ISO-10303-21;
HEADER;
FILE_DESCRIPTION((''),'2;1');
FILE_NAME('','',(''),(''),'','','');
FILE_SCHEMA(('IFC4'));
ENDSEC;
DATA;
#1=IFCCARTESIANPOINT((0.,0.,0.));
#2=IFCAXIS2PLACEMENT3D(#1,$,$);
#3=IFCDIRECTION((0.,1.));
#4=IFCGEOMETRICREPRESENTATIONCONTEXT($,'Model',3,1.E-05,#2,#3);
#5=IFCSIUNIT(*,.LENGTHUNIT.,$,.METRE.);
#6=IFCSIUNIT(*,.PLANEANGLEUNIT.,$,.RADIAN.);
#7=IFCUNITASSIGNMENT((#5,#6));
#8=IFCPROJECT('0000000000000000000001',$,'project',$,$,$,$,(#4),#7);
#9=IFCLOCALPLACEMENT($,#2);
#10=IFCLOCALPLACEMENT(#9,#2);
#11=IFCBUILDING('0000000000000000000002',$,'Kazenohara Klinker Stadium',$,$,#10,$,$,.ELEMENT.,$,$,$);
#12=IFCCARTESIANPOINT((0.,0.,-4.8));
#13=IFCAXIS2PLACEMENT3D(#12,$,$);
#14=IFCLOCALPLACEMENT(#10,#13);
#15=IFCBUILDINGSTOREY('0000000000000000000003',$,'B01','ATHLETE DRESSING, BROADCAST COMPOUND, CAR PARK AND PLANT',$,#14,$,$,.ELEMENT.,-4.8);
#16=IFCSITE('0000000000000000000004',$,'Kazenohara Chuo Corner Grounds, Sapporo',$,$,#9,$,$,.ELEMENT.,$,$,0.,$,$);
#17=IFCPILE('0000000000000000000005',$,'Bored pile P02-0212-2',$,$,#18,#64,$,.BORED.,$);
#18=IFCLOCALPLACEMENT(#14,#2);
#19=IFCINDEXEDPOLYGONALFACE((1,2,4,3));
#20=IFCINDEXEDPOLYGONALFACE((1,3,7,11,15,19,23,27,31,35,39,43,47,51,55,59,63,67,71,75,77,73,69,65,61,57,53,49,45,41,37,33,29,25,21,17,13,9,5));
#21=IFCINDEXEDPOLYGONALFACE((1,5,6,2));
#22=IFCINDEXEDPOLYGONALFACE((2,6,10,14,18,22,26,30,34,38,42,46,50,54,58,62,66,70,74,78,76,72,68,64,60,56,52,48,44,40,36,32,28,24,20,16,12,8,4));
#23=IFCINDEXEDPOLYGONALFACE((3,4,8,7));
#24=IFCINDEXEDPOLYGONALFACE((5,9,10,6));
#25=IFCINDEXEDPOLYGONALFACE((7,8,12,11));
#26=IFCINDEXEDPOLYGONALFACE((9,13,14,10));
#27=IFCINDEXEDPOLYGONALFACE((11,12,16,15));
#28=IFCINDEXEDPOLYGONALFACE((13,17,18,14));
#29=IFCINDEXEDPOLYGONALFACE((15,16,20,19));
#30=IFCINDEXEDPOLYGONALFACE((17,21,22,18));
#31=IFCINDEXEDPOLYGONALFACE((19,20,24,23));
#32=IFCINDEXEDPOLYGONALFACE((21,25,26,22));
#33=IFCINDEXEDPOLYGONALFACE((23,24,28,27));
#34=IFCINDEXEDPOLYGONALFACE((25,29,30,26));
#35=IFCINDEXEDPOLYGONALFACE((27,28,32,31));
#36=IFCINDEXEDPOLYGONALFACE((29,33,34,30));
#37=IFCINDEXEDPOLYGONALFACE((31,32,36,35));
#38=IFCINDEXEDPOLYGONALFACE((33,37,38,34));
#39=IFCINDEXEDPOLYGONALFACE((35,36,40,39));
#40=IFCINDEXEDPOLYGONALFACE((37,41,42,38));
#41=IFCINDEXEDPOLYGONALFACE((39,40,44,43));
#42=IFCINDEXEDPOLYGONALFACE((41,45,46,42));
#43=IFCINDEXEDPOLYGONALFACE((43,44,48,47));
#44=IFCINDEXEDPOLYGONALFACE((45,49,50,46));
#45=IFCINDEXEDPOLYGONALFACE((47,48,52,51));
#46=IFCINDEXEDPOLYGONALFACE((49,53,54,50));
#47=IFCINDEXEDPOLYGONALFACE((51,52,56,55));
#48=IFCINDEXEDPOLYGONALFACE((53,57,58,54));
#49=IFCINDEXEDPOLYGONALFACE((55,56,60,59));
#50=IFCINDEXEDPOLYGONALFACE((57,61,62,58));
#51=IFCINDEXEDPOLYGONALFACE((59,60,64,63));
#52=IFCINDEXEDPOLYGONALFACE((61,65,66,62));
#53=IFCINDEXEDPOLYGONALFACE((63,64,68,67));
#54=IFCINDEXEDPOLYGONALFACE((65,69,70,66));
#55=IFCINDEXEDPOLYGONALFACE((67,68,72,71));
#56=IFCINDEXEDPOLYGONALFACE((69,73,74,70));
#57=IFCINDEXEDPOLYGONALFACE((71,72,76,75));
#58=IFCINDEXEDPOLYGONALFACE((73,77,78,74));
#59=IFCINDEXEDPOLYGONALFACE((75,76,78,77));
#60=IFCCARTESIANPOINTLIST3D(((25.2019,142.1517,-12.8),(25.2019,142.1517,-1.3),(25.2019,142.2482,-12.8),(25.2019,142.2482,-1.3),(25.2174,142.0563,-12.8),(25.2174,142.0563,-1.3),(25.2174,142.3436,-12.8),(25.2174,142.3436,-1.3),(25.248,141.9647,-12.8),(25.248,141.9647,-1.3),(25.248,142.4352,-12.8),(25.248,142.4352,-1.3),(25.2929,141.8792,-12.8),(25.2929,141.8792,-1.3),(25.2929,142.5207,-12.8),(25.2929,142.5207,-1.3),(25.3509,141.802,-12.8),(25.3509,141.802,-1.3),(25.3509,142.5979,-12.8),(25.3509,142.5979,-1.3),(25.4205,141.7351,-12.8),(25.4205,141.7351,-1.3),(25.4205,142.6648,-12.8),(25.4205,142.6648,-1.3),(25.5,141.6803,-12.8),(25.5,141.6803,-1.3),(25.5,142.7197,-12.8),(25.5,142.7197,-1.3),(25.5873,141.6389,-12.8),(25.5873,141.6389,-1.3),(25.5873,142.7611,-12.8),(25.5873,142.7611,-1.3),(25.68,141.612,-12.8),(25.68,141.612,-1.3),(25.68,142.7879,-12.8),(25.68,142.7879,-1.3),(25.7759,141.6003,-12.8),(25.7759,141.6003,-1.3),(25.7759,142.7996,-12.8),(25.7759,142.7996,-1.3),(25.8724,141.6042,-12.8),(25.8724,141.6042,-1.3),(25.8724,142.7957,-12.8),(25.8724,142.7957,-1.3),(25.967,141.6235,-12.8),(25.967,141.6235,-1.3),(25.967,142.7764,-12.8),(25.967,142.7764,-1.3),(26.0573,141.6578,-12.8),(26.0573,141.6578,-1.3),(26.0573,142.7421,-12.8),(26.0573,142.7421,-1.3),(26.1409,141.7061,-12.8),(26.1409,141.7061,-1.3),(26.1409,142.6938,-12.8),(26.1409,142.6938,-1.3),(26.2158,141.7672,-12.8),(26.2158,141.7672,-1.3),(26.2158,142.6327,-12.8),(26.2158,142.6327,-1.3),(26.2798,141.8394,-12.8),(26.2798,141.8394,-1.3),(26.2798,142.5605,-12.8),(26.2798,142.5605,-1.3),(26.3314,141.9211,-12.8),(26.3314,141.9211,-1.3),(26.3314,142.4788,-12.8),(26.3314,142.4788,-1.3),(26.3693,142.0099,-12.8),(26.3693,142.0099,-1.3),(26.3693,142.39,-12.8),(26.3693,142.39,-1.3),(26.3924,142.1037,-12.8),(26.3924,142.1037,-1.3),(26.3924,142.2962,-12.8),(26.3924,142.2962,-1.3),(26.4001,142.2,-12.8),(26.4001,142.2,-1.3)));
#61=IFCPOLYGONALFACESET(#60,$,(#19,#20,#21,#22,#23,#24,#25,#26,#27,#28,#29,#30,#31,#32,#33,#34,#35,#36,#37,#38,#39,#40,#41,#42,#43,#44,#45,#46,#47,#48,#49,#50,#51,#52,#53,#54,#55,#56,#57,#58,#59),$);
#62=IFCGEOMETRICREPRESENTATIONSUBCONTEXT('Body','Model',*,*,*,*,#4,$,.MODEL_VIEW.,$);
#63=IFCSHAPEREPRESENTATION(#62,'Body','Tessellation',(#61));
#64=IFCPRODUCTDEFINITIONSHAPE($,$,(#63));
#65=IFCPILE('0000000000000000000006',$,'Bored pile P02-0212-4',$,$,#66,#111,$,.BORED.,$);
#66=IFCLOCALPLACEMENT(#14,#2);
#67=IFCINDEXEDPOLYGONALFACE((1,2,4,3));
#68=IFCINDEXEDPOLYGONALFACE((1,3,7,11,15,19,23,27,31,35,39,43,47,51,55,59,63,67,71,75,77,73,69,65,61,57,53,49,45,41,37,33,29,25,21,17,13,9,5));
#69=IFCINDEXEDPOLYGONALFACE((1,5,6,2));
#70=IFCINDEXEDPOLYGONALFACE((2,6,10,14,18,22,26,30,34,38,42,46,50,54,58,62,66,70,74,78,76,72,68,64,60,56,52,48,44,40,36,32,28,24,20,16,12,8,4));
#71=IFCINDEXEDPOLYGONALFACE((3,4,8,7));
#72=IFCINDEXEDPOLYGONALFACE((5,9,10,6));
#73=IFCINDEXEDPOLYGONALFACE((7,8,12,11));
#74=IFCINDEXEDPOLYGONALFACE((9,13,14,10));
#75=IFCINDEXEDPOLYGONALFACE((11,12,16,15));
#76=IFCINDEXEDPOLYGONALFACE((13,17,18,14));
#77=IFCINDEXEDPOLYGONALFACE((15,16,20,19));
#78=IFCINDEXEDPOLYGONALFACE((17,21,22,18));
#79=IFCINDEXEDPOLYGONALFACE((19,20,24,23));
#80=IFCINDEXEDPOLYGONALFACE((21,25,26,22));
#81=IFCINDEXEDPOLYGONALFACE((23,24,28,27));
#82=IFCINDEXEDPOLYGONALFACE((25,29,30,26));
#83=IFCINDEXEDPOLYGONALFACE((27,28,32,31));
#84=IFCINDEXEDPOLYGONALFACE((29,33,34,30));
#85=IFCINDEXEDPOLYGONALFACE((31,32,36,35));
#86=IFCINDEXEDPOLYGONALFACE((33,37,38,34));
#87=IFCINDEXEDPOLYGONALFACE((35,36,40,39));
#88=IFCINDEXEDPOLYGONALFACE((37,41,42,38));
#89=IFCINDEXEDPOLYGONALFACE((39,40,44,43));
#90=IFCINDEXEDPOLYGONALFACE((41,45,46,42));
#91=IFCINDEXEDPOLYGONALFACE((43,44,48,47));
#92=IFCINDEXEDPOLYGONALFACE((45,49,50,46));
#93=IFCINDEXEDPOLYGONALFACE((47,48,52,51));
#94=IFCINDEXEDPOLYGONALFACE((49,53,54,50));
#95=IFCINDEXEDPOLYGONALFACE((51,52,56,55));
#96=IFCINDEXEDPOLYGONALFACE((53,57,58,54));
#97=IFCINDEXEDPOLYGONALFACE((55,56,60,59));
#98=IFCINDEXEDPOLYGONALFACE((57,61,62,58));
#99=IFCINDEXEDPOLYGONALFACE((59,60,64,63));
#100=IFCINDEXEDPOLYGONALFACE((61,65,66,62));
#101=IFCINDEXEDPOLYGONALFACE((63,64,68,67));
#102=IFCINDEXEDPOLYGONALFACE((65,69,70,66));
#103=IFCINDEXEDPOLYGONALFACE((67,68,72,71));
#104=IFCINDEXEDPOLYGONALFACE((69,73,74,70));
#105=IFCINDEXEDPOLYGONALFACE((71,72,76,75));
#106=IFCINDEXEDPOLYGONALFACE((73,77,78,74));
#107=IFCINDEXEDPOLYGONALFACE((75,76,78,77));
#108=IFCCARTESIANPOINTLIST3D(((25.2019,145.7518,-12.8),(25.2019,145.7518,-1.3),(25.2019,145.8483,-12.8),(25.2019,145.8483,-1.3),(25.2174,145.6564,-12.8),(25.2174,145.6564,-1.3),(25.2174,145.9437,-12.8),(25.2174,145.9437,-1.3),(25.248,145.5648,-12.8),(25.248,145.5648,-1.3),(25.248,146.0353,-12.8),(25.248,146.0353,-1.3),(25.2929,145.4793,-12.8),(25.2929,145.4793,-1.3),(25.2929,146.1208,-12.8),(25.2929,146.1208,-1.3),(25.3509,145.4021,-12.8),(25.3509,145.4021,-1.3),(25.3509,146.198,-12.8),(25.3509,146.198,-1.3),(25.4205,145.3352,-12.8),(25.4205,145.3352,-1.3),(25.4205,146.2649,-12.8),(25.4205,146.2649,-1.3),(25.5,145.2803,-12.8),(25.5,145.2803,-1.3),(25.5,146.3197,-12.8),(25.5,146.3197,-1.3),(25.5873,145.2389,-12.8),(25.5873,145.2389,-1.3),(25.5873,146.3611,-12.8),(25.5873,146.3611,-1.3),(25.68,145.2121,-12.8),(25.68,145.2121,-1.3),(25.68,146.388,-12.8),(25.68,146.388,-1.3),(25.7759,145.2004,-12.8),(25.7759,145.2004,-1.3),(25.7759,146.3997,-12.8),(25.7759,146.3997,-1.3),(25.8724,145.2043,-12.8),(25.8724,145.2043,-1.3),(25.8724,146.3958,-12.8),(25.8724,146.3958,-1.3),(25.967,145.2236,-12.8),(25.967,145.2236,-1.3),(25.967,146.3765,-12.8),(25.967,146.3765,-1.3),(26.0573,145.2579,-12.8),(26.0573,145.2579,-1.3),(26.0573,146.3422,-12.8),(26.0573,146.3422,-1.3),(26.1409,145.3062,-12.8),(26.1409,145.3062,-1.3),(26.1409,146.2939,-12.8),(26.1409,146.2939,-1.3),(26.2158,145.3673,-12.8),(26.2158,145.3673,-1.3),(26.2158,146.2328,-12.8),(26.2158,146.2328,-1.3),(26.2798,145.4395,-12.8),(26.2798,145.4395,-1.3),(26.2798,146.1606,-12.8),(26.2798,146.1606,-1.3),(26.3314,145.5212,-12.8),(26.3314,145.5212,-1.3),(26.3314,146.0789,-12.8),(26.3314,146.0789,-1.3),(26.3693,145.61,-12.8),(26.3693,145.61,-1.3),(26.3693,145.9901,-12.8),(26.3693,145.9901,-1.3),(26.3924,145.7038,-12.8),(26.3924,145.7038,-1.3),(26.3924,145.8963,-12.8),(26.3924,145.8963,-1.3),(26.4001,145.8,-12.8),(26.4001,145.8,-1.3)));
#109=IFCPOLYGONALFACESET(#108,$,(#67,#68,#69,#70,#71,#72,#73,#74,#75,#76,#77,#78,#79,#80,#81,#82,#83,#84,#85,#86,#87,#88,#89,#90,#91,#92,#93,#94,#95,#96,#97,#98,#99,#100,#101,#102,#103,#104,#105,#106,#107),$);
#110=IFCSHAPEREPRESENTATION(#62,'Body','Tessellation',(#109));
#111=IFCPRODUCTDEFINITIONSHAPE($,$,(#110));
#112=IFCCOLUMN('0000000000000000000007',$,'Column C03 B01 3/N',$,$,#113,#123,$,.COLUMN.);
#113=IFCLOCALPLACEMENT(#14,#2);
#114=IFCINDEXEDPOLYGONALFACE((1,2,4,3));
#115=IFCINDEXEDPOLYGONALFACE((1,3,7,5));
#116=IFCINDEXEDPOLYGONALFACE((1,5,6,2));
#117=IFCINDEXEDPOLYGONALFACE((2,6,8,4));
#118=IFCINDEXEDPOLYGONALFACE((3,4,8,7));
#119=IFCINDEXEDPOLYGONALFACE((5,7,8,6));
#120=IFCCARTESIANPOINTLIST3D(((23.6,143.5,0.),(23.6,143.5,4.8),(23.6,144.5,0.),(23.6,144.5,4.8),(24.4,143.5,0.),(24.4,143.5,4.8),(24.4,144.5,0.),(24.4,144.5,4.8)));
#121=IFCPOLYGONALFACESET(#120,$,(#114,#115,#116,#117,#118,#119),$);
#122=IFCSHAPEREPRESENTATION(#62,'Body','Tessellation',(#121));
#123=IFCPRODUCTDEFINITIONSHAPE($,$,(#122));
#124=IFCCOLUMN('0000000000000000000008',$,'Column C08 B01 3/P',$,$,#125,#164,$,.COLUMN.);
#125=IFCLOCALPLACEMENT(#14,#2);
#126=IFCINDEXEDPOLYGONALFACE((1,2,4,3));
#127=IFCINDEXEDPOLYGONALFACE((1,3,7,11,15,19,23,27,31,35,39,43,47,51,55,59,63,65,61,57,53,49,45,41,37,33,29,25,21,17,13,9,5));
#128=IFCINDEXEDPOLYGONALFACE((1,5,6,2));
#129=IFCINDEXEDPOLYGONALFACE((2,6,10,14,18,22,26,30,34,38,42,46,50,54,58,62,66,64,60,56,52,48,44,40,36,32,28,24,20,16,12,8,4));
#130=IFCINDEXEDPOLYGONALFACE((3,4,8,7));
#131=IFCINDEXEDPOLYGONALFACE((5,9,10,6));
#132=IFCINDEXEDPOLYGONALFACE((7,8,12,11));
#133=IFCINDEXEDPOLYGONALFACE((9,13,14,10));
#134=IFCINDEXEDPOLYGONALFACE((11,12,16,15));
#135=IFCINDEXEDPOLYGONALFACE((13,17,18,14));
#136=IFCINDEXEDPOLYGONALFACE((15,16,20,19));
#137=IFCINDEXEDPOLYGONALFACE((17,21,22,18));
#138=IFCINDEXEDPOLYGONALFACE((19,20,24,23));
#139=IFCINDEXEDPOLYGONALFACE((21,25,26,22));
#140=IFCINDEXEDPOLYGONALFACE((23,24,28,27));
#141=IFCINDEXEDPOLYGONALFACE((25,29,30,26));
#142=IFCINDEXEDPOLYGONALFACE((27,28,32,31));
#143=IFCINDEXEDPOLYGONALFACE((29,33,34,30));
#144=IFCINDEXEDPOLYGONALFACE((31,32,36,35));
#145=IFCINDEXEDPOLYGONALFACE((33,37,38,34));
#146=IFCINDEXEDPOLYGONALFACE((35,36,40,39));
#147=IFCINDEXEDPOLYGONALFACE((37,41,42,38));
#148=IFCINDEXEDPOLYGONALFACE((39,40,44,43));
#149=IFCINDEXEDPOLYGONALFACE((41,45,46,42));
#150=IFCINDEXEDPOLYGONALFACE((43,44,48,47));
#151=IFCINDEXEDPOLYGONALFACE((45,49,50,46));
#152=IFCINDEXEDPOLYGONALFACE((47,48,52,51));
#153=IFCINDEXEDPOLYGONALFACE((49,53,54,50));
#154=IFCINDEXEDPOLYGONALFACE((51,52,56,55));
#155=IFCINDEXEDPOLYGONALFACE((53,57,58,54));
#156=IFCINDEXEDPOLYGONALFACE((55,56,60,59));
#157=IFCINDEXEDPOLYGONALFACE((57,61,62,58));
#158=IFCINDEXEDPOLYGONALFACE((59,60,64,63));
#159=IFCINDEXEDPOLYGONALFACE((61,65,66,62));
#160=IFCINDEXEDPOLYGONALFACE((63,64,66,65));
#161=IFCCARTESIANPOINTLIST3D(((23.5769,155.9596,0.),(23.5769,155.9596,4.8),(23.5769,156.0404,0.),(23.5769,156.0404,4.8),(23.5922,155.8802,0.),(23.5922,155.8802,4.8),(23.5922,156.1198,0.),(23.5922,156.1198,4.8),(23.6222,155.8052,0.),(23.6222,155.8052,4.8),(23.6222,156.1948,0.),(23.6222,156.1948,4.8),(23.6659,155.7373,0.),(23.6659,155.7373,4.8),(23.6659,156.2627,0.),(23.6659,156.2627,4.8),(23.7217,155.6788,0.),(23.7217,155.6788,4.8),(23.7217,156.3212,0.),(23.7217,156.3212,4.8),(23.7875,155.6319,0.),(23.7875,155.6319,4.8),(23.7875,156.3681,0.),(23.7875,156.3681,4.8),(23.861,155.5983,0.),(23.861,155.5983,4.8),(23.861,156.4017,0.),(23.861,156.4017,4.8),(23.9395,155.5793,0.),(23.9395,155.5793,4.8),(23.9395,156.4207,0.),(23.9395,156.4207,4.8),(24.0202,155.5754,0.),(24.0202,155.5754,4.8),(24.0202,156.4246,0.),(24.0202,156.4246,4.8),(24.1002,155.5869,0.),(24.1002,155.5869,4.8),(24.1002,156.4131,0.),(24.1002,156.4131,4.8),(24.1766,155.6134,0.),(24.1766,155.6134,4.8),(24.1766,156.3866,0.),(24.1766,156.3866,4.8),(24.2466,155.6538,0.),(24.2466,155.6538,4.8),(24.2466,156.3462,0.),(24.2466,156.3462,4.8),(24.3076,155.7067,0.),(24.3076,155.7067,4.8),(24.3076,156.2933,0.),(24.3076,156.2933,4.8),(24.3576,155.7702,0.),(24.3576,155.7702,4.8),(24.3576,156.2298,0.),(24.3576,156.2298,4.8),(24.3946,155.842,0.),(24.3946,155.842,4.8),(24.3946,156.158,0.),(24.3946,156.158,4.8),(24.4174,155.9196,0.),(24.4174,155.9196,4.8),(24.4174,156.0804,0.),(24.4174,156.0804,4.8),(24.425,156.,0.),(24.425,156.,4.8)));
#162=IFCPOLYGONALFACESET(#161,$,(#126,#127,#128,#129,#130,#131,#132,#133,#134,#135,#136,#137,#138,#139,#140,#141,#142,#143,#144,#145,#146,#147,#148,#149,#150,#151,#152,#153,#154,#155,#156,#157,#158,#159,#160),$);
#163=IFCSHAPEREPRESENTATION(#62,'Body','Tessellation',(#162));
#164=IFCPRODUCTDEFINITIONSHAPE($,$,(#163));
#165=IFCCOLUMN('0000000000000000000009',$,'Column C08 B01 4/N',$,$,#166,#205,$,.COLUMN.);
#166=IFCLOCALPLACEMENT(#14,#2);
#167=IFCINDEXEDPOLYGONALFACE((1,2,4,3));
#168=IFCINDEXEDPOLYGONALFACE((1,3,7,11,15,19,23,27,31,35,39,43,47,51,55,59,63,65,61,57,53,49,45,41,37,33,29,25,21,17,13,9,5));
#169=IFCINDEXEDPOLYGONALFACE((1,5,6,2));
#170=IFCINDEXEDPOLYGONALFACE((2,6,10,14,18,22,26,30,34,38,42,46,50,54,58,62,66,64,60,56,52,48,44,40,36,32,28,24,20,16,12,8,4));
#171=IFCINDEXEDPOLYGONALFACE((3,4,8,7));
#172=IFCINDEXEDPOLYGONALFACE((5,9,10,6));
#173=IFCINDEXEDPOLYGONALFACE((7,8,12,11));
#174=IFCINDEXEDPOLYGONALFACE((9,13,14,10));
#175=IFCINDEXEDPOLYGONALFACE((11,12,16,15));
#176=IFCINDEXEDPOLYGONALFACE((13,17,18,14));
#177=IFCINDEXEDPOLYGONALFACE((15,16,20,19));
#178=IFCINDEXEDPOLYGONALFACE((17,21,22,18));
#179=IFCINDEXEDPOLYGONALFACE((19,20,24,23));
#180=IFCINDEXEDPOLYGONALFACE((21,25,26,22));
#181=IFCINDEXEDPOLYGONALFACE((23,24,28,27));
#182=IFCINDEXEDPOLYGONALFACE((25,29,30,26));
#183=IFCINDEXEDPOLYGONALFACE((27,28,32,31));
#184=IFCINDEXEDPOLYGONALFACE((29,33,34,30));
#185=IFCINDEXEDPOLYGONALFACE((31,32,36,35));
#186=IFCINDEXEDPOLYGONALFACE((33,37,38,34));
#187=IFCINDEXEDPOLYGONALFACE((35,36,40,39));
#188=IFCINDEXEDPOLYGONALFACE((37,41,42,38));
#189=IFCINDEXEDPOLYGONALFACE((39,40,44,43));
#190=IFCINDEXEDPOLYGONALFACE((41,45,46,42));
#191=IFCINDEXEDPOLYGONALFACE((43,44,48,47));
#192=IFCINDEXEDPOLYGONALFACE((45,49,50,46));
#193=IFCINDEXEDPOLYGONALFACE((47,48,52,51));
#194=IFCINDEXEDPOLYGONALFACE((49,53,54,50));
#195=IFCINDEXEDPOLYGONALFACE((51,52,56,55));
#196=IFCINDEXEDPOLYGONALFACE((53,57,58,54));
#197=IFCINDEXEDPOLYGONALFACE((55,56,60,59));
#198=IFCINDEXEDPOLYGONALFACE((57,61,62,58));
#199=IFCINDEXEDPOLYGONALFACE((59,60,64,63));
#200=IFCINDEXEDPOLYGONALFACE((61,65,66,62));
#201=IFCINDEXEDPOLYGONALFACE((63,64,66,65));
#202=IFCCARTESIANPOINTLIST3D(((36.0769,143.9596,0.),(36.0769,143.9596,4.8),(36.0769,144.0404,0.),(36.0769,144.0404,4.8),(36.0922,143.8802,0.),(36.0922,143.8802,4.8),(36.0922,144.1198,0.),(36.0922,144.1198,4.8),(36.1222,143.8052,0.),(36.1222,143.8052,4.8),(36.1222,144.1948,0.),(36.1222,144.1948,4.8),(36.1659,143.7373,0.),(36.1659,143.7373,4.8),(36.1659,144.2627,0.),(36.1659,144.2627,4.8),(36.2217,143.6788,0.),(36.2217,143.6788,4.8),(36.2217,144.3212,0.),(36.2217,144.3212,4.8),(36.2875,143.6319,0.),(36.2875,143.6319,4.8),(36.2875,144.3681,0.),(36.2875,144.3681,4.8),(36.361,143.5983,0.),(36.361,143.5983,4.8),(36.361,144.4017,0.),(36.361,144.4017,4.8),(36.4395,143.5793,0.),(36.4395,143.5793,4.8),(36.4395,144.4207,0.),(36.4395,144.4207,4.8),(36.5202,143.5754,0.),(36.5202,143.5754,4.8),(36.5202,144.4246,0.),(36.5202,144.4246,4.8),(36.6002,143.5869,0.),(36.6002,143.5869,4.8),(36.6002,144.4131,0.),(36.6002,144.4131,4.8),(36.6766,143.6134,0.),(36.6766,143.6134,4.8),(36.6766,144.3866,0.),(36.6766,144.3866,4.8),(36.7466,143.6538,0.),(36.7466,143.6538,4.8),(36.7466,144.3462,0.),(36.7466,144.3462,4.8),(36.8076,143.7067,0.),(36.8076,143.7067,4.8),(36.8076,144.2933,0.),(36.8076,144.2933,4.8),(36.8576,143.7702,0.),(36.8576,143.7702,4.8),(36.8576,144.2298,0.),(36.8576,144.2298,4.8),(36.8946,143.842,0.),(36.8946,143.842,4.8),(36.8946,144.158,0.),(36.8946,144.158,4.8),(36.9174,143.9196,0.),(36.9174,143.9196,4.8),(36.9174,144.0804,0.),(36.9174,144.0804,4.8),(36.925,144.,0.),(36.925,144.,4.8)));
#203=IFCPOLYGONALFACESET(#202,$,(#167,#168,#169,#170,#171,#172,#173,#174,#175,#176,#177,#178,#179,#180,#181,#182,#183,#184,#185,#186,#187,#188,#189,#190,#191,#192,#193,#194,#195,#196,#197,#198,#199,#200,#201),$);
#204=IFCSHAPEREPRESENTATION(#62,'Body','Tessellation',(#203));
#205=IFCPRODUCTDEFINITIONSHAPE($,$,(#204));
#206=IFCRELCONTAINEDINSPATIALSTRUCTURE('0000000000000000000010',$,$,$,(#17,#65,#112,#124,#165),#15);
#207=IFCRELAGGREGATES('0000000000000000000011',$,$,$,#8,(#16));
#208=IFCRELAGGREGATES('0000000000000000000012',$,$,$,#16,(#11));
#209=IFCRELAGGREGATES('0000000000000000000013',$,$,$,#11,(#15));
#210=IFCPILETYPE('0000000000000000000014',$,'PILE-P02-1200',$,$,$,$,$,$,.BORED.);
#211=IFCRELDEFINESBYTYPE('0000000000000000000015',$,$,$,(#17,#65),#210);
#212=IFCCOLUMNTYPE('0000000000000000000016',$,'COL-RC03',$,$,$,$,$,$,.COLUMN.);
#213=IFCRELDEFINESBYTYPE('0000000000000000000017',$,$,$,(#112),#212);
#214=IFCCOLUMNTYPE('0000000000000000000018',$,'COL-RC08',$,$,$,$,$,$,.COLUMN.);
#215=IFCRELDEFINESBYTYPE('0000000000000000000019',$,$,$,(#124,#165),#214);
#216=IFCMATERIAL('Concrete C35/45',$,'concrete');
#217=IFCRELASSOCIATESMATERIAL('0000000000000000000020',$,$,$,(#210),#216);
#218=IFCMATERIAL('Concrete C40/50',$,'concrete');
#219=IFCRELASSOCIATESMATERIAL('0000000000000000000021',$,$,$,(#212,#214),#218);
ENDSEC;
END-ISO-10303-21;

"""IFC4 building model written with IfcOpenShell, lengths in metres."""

from ifc_helpers import new_model, si_unit, direction, frame, origin, origin_2d, place, context, subcontext, project, spatial, rectangle, circle, extrude, material, material_profile, profile_set, type_object, element, save


model = new_model("IFC4")

# Units and contexts
model_context = context("Model", 3, precision=1e-05, world=origin(), true_north=direction((0.0, 1.0)))
body_context = subcontext(model_context, "Body", "Model", "MODEL_VIEW")
ifc_project = project(units=[si_unit("LENGTHUNIT", "METRE"), si_unit("PLANEANGLEUNIT", "RADIAN")], contexts=[model_context])

# Site, building, storey
site_placement = place(None, origin())
site = spatial("IfcSite", under=ifc_project, at=site_placement, Name="Kazenohara Chuo Corner Grounds, Sapporo", CompositionType="ELEMENT", RefElevation=0.0)
building_placement = place(site_placement, origin())
building = spatial("IfcBuilding", under=site, at=building_placement, Name="Kazenohara Klinker Stadium", CompositionType="ELEMENT")
storey_placement = place(building_placement, frame((0.0, 0.0, -4.8)))
storey = spatial("IfcBuildingStorey", under=building, at=storey_placement, Name="B01", Description="ATHLETE DRESSING, BROADCAST COMPOUND, CAR PARK AND PLANT", CompositionType="ELEMENT", Elevation=-4.8)

# Shared definitions
ifc_material_1 = material(Name="Concrete C35/45", Category="concrete")

# Piles
ifc_material_profile_1 = material_profile(ifc_material_1, circle(Radius=0.6001, at=origin_2d()), Name="BORED-PILE-1200")
ifc_profile_set_1 = profile_set([ifc_material_profile_1], Name="Concrete C35/45")
pile_type_1 = type_object("IfcPileType", Name="PILE-P02-1200", PredefinedType="BORED", material=ifc_profile_set_1)
for number, where, z_axis, x_axis, name in (
    (1, (25.8, 142.2, -1.3), (0.0, 0.0, -1.0), (1.0, 0.0, 0.0), "Bored pile P02-0212-2"),
    (2, (25.8, 145.8, -1.3), (0.0, 0.0, -1.0), (1.0, 0.0, 0.0), "Bored pile P02-0212-4"),
):
    element("IfcPile", number, at=place(storey_placement, frame(where, z_axis=z_axis, x_axis=x_axis)), inside=storey, type_object=pile_type_1, Name=name, PredefinedType="BORED", context=body_context, shape_type="SweptSolid", body=[
        extrude(circle(Radius=0.6001, at=origin_2d()), origin(), (0.0, 0.0, 1.0), 11.5),
    ])

# Columns
ifc_material_2 = material(Name="Concrete C40/50", Category="concrete")
ifc_material_profile_2 = material_profile(ifc_material_2, rectangle(XDim=0.8, YDim=1.0, at=origin_2d()), Name="RC-COL-1000x800")
ifc_profile_set_2 = profile_set([ifc_material_profile_2], Name="Concrete C40/50")
column_type_1 = type_object("IfcColumnType", Name="COL-RC03", PredefinedType="COLUMN", material=ifc_profile_set_2)
column_placement = place(storey_placement, frame((24.0, 144.0, 0.0), z_axis=(0.0, 0.0, 1.0), x_axis=(1.0, 0.0, 0.0)))
element("IfcColumn", 3, at=column_placement, inside=storey, type_object=column_type_1, Name="Column C03 B01 3/N", PredefinedType="COLUMN", context=body_context, shape_type="SweptSolid", body=[
    extrude(rectangle(XDim=0.8, YDim=1.0, at=origin_2d()), origin(), (0.0, 0.0, 1.0), 4.8),
])
ifc_material_profile_3 = material_profile(ifc_material_2, circle(Radius=0.425, at=origin_2d()), Name="RC-COL-D850")
ifc_profile_set_3 = profile_set([ifc_material_profile_3], Name="Concrete C40/50")
column_type_2 = type_object("IfcColumnType", Name="COL-RC08", PredefinedType="COLUMN", material=ifc_profile_set_3)
for number, where, z_axis, x_axis, name in (
    (4, (24.0, 156.0, 0.0), (0.0, 0.0, 1.0), (1.0, 0.0, 0.0), "Column C08 B01 3/P"),
    (5, (36.5, 144.0, 0.0), (0.0, 0.0, 1.0), (1.0, 0.0, 0.0), "Column C08 B01 4/N"),
):
    element("IfcColumn", number, at=place(storey_placement, frame(where, z_axis=z_axis, x_axis=x_axis)), inside=storey, type_object=column_type_2, Name=name, PredefinedType="COLUMN", context=body_context, shape_type="SweptSolid", body=[
        extrude(circle(Radius=0.425, at=origin_2d()), origin(), (0.0, 0.0, 1.0), 4.8),
    ])

save(model, "model.ifc")
